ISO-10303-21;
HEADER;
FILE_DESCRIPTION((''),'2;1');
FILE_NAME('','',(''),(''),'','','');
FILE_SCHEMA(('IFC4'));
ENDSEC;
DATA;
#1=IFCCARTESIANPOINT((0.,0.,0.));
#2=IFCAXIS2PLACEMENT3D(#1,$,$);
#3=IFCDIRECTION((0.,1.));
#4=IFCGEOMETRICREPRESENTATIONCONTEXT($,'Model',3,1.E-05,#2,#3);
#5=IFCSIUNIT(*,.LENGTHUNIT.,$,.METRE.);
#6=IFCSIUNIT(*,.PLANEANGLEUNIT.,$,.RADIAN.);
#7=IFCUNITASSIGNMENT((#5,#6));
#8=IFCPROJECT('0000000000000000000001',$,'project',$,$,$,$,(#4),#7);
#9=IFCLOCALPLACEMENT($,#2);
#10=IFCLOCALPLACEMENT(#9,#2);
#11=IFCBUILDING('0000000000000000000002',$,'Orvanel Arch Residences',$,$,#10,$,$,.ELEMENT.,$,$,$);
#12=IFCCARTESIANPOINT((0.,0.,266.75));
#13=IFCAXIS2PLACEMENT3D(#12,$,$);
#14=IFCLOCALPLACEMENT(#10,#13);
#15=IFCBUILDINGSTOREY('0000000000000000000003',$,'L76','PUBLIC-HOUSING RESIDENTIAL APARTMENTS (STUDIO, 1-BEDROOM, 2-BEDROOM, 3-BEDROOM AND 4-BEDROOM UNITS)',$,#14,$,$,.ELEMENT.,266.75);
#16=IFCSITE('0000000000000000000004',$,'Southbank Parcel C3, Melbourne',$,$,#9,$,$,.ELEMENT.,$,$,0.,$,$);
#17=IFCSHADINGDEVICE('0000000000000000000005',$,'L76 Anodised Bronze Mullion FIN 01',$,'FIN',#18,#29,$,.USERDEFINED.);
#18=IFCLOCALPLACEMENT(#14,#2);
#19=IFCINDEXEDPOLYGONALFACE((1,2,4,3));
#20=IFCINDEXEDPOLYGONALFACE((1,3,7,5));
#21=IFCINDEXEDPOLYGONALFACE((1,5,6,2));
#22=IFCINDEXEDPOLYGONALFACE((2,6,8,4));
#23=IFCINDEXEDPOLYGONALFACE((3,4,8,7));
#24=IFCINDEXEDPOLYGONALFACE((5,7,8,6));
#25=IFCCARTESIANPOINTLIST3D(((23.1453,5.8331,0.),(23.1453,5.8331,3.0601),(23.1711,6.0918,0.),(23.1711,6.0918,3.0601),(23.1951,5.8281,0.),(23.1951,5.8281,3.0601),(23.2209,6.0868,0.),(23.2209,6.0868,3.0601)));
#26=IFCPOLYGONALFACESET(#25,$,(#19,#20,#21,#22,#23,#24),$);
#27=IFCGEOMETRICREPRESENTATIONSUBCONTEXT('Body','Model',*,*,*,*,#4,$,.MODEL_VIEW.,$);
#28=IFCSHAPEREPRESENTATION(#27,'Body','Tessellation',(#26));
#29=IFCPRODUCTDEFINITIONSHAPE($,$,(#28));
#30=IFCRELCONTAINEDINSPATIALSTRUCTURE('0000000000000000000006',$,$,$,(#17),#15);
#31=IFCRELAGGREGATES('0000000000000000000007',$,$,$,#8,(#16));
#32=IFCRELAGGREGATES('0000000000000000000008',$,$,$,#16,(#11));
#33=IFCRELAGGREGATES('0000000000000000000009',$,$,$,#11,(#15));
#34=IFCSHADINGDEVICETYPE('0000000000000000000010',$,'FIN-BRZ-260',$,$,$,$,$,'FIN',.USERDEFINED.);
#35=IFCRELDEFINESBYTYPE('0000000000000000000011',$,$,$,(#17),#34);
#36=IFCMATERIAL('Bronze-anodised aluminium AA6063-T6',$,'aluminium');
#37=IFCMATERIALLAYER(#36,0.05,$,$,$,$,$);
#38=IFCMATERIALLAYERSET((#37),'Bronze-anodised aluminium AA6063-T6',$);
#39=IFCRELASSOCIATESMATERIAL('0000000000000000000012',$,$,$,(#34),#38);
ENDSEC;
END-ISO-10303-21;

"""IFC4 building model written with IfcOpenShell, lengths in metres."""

from ifc_helpers import new_model, si_unit, direction, frame, origin, origin_2d, place, context, subcontext, project, spatial, rectangle, extrude, material, layer, layer_set, type_object, element, save


model = new_model("IFC4")

# Units and contexts
model_context = context("Model", 3, precision=1e-05, world=origin(), true_north=direction((0.0, 1.0)))
body_context = subcontext(model_context, "Body", "Model", "MODEL_VIEW")
ifc_project = project(units=[si_unit("LENGTHUNIT", "METRE"), si_unit("PLANEANGLEUNIT", "RADIAN")], contexts=[model_context])

# Site, building, storey
site_placement = place(None, origin())
site = spatial("IfcSite", under=ifc_project, at=site_placement, Name="Southbank Parcel C3, Melbourne", CompositionType="ELEMENT", RefElevation=0.0)
building_placement = place(site_placement, origin())
building = spatial("IfcBuilding", under=site, at=building_placement, Name="Orvanel Arch Residences", CompositionType="ELEMENT")
storey_placement = place(building_placement, frame((0.0, 0.0, 266.75)))
storey = spatial("IfcBuildingStorey", under=building, at=storey_placement, Name="L76", Description="PUBLIC-HOUSING RESIDENTIAL APARTMENTS (STUDIO, 1-BEDROOM, 2-BEDROOM, 3-BEDROOM AND 4-BEDROOM UNITS)", CompositionType="ELEMENT", Elevation=266.75)

# Shared definitions
ifc_material_1 = material(Name="Bronze-anodised aluminium AA6063-T6", Category="aluminium")

# Shading device
ifc_layer_1 = layer(ifc_material_1, 0.05)
ifc_layer_set_1 = layer_set([ifc_layer_1], Name="Bronze-anodised aluminium AA6063-T6")
shading_device_type = type_object("IfcShadingDeviceType", Name="FIN-BRZ-260", ElementType="FIN", PredefinedType="USERDEFINED", material=ifc_layer_set_1)
shading_device_placement = place(storey_placement, frame((23.1831, 5.96, 0.0), z_axis=(0.0, 0.0, 1.0), x_axis=(-0.09932, -0.995056, 0.0)))
element("IfcShadingDevice", 1, at=shading_device_placement, inside=storey, type_object=shading_device_type, Name="L76 Anodised Bronze Mullion FIN 01", ObjectType="FIN", PredefinedType="USERDEFINED", context=body_context, shape_type="SweptSolid", body=[
    extrude(rectangle(XDim=0.26, YDim=0.05, at=origin_2d()), origin(), (0.0, 0.0, 1.0), 3.0601),
])

save(model, "model.ifc")
